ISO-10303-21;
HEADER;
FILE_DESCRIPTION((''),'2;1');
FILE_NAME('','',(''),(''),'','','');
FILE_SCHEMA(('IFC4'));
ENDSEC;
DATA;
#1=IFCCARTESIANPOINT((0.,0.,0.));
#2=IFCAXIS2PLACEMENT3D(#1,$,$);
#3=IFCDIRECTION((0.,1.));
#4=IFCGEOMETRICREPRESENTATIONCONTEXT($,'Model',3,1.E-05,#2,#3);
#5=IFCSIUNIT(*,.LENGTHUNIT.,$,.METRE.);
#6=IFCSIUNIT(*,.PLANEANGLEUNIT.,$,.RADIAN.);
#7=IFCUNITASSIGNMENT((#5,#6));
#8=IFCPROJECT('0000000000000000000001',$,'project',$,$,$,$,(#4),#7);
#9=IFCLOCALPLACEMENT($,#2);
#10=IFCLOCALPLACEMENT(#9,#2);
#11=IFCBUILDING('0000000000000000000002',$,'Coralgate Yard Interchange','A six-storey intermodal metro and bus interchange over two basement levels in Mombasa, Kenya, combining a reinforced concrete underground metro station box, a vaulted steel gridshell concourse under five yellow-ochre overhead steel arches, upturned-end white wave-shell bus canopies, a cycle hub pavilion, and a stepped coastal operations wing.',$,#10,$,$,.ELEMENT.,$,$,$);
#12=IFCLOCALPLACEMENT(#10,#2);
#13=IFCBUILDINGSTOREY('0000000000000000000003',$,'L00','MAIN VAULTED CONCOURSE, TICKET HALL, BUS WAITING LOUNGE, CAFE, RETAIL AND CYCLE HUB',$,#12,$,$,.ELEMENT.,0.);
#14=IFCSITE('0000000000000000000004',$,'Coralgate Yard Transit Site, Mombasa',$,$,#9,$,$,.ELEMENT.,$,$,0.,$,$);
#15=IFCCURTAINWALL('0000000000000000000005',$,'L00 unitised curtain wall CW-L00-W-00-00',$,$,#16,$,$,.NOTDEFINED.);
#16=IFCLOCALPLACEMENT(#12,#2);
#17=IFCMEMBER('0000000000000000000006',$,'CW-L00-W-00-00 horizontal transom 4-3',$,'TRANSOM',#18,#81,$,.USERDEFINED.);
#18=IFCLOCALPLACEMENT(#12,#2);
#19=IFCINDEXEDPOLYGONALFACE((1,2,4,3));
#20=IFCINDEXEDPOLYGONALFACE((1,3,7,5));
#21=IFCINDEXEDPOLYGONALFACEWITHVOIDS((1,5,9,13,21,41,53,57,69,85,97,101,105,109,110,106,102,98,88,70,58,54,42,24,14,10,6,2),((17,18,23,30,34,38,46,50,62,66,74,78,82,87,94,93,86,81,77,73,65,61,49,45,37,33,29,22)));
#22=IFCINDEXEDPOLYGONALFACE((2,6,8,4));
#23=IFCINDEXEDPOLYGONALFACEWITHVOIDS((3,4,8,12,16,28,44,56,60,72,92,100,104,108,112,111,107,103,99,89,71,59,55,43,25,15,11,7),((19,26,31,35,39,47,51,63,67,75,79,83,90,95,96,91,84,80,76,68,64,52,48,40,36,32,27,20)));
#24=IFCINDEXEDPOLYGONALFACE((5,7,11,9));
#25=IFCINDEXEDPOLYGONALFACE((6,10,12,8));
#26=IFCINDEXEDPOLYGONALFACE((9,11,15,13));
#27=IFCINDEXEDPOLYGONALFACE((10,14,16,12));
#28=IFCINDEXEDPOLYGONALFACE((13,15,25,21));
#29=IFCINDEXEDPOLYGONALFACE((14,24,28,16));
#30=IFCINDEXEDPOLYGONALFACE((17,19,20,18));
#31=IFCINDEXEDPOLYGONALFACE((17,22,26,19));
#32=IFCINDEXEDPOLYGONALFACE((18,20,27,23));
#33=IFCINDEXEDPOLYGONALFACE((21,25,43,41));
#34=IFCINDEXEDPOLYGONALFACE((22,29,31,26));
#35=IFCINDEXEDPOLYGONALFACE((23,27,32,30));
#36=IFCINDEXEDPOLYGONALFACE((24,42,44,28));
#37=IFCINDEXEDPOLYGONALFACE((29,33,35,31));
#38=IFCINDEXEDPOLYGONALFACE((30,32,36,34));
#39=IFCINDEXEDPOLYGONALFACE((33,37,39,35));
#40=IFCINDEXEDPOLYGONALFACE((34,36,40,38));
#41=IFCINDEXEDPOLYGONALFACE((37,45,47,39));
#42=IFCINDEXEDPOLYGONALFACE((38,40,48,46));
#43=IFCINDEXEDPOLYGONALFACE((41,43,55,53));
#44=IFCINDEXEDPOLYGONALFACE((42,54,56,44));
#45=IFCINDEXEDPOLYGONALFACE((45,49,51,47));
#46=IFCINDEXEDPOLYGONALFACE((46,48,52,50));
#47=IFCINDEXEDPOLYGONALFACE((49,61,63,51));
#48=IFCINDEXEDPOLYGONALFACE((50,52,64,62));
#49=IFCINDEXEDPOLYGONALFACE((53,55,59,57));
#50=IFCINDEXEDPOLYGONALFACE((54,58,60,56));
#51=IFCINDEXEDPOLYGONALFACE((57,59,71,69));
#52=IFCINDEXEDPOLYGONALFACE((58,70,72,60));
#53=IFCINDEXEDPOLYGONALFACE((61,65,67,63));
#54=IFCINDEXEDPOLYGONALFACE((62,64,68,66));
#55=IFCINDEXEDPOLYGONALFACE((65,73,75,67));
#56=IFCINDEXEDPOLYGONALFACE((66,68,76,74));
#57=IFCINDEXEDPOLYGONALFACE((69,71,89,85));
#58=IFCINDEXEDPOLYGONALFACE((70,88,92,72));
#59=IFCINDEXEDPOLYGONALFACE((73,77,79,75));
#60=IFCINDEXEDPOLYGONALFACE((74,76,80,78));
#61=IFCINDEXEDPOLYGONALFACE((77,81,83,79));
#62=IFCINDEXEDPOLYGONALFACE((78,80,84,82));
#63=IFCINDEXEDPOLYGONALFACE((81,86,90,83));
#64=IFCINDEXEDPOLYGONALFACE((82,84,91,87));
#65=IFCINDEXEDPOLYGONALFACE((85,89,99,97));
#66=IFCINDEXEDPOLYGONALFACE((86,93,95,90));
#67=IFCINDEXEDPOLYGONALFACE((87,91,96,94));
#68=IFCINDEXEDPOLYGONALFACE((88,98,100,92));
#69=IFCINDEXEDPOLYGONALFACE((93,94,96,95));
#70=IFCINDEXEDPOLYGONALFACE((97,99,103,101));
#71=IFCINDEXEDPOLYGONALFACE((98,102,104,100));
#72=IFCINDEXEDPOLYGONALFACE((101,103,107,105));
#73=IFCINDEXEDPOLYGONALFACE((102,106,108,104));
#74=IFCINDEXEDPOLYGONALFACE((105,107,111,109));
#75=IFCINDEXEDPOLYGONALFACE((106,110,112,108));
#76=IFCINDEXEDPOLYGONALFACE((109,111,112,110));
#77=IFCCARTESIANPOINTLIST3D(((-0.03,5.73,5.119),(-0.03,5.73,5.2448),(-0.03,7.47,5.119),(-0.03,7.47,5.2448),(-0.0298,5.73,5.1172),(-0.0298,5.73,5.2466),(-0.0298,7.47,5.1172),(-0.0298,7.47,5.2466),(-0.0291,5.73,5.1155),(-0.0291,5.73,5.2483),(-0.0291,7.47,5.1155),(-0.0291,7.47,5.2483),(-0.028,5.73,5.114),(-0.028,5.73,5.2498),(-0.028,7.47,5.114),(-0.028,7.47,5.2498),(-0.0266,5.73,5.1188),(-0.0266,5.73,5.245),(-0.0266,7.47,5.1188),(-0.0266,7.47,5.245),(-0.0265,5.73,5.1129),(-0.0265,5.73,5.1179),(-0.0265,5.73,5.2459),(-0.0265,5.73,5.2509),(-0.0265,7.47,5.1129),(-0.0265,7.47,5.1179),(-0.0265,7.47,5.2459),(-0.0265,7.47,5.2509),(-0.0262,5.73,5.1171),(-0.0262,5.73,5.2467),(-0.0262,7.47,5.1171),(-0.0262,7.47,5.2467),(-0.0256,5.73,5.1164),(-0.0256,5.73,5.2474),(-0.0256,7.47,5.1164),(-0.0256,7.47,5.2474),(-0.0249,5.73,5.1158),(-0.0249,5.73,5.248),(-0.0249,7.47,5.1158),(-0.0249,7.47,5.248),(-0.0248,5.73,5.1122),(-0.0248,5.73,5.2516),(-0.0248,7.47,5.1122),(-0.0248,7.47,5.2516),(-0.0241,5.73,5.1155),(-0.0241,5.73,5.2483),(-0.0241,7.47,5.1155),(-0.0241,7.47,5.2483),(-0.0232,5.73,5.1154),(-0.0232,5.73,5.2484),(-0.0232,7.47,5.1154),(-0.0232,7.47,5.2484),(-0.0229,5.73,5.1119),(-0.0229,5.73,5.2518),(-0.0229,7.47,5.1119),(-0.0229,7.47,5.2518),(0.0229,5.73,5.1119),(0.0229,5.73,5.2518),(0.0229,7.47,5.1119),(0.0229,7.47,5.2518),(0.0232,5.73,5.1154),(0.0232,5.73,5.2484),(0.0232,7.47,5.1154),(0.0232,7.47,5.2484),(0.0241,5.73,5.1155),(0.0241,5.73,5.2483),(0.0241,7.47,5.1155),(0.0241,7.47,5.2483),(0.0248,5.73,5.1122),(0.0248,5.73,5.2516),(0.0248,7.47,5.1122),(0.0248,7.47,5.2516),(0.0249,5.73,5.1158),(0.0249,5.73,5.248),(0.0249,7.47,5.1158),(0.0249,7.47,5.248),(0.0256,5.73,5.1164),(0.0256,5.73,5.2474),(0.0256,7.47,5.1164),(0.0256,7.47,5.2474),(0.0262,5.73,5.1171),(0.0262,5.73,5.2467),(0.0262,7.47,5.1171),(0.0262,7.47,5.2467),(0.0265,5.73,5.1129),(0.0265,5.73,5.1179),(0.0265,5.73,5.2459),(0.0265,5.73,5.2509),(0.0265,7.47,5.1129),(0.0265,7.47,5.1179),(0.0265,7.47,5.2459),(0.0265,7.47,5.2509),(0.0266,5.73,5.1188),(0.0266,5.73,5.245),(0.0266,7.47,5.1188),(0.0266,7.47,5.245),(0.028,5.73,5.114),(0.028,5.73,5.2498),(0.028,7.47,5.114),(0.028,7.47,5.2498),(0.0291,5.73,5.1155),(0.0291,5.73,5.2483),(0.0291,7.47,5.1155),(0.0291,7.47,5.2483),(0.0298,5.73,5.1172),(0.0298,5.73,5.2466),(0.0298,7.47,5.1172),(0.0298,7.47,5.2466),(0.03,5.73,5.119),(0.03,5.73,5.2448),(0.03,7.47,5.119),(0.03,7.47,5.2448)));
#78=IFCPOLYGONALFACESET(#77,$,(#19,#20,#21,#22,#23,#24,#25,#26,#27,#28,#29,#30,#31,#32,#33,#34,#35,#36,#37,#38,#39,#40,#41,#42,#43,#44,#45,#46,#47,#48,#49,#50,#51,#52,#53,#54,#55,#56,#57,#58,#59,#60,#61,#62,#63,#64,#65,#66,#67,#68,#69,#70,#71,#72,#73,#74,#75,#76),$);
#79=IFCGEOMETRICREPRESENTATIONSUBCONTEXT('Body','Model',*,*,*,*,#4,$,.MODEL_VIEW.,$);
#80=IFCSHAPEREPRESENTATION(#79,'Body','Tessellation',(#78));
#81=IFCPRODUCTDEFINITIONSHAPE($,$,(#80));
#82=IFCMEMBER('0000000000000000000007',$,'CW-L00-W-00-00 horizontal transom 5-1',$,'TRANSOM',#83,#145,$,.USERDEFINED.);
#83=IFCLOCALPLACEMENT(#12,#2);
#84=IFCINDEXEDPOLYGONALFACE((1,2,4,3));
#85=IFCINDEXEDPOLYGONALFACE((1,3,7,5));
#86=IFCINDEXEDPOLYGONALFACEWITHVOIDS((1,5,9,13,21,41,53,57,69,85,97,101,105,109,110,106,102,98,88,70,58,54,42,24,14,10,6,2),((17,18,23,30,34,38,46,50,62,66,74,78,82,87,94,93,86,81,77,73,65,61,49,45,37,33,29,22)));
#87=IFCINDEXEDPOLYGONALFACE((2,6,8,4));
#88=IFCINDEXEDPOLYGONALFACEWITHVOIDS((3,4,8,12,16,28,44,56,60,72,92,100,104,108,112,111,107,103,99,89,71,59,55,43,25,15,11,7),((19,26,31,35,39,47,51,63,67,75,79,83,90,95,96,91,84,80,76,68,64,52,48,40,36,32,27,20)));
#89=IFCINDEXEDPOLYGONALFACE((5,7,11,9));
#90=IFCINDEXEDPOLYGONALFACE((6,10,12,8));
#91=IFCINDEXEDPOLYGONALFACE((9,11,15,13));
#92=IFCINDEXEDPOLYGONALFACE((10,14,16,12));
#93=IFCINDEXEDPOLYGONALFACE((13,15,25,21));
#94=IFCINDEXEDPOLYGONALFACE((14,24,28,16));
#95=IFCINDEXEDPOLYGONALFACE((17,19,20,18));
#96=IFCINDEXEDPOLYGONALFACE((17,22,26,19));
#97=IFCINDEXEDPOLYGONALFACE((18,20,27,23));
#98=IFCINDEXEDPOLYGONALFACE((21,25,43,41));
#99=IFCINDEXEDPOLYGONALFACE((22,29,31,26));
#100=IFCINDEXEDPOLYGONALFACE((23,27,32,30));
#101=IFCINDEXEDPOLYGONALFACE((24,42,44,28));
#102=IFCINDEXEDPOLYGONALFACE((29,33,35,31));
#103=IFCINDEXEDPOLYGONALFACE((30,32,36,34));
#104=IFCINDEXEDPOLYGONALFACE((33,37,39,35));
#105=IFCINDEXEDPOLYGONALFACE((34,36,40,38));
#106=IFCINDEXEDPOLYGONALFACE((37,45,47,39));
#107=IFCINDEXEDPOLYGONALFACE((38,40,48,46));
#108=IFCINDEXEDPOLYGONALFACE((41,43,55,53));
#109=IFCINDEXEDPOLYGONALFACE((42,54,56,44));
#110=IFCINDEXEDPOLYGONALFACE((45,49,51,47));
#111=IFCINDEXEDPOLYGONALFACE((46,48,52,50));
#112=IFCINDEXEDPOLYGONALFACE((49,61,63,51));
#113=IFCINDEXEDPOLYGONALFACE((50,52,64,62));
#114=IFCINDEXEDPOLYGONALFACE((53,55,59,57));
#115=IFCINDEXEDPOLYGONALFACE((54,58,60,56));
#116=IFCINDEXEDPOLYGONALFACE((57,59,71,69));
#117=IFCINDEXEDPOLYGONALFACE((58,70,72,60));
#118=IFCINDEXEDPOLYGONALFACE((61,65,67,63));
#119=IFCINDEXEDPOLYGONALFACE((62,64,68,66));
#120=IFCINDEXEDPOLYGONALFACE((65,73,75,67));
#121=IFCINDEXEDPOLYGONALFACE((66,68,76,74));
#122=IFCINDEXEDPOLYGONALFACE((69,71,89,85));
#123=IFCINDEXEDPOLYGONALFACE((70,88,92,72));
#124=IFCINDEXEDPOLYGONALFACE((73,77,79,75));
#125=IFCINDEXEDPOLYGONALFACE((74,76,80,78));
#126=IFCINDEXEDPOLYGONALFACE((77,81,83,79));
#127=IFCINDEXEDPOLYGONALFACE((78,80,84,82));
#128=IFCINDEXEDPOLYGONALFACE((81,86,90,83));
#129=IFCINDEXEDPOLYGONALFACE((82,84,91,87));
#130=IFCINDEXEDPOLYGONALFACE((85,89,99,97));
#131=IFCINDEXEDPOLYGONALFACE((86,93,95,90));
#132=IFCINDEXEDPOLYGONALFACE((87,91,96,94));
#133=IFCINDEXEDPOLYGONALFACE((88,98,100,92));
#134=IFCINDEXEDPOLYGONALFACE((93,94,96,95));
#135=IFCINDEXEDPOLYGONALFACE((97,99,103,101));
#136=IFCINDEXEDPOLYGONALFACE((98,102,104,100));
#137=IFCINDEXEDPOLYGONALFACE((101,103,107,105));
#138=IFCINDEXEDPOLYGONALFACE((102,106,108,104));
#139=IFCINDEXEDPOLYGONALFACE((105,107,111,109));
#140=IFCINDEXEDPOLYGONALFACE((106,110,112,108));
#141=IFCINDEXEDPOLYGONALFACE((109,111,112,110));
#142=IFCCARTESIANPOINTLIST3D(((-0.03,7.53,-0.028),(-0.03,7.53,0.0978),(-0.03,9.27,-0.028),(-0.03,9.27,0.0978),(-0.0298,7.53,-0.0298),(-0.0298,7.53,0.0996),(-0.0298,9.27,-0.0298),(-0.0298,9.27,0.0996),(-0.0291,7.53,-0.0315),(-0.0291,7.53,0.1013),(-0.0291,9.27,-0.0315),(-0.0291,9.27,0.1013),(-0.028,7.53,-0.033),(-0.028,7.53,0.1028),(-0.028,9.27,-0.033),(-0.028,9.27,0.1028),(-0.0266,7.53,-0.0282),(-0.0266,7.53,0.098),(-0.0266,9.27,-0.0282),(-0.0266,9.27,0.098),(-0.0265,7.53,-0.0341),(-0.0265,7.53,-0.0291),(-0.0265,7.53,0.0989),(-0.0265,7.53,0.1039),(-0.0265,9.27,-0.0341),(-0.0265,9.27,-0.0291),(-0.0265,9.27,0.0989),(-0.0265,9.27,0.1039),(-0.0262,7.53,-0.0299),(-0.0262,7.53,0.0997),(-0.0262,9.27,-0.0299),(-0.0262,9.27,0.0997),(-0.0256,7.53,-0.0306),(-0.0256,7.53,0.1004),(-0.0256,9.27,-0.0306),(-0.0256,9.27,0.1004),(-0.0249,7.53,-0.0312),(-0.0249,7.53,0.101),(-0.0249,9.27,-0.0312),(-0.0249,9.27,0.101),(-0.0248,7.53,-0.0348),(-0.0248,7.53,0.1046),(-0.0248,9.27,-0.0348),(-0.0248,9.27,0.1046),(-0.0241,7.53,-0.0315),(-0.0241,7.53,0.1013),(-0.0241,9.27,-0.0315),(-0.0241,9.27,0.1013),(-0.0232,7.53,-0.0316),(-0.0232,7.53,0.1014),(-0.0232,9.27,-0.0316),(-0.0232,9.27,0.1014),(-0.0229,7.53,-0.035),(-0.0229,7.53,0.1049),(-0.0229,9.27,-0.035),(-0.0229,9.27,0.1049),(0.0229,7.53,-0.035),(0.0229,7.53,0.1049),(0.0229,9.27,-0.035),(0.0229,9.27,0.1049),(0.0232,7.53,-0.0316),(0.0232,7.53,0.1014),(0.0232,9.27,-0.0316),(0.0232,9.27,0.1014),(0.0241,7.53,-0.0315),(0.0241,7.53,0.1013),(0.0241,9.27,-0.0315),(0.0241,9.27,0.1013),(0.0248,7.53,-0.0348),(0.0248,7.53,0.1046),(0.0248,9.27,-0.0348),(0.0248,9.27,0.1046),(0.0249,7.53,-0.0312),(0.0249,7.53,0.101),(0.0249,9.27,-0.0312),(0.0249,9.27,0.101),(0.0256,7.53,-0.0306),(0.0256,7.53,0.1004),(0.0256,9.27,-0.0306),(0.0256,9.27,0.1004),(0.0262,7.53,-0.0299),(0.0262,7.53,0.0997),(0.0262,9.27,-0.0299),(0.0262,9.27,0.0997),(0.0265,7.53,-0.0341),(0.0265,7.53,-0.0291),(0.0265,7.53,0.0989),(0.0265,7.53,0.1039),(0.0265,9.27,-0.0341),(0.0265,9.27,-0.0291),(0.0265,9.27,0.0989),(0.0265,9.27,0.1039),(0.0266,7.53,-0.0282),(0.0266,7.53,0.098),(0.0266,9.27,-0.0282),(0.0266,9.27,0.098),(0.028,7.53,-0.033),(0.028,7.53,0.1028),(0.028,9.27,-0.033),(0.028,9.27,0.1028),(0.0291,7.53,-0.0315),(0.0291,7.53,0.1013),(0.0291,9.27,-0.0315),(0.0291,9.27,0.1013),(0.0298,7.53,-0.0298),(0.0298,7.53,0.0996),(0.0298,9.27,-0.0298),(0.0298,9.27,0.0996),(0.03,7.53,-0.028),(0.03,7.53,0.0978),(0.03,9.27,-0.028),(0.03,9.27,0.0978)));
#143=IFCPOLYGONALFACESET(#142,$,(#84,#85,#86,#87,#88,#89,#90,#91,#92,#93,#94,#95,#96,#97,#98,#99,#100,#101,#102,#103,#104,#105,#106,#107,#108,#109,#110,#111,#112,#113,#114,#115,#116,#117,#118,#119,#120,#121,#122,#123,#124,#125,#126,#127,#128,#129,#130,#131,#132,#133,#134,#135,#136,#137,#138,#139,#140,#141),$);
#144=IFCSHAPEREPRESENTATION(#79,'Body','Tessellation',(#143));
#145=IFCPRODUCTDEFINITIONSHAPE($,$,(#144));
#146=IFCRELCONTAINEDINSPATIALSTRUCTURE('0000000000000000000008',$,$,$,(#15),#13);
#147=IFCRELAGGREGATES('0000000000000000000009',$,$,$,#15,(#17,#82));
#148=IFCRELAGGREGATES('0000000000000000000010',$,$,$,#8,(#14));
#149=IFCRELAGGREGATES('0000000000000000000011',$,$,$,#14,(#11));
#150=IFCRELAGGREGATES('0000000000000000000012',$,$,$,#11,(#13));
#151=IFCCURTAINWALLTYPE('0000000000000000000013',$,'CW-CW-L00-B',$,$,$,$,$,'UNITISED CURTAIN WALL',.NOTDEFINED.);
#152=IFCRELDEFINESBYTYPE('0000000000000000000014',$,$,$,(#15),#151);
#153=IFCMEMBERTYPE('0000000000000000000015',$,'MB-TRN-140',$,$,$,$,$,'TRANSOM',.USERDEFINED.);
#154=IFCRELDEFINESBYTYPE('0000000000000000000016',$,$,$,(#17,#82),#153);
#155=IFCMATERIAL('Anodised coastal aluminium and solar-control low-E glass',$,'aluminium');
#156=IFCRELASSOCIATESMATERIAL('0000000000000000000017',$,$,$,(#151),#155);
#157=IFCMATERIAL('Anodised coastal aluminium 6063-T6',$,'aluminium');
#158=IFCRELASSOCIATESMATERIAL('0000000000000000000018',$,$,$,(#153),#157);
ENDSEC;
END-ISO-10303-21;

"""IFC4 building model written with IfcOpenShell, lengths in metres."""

from ifc_helpers import new_model, si_unit, direction, frame, origin, origin_2d, place, context, subcontext, project, spatial, hollow_rectangle, extrude, material, material_profile, profile_set, type_object, element, aggregate, save


model = new_model("IFC4")

# Units and contexts
model_context = context("Model", 3, precision=1e-05, world=origin(), true_north=direction((0.0, 1.0)))
body_context = subcontext(model_context, "Body", "Model", "MODEL_VIEW")
ifc_project = project(units=[si_unit("LENGTHUNIT", "METRE"), si_unit("PLANEANGLEUNIT", "RADIAN")], contexts=[model_context])

# Site, building, storey
site_placement = place(None, origin())
site = spatial("IfcSite", under=ifc_project, at=site_placement, Name="Coralgate Yard Transit Site, Mombasa", CompositionType="ELEMENT", RefElevation=0.0)
building_placement = place(site_placement, origin())
building = spatial("IfcBuilding", under=site, at=building_placement, Name="Coralgate Yard Interchange", Description="A six-storey intermodal metro and bus interchange over two basement levels in Mombasa, Kenya, combining a reinforced concrete underground metro station box, a vaulted steel gridshell concourse under five yellow-ochre overhead steel arches, upturned-end white wave-shell bus canopies, a cycle hub pavilion, and a stepped coastal operations wing.", CompositionType="ELEMENT")
storey_placement = place(building_placement, origin())
storey = spatial("IfcBuildingStorey", under=building, at=storey_placement, Name="L00", Description="MAIN VAULTED CONCOURSE, TICKET HALL, BUS WAITING LOUNGE, CAFE, RETAIL AND CYCLE HUB", CompositionType="ELEMENT", Elevation=0.0)

# Curtain wall, members
ifc_material_1 = material(Name="Anodised coastal aluminium and solar-control low-E glass", Category="aluminium")
curtain_wall_type = type_object("IfcCurtainWallType", Name="CW-CW-L00-B", ElementType="UNITISED CURTAIN WALL", PredefinedType="NOTDEFINED", material=ifc_material_1)
curtain_wall_placement = place(storey_placement, origin())
curtain_wall = element("IfcCurtainWall", 1, at=curtain_wall_placement, inside=storey, type_object=curtain_wall_type, Name="L00 unitised curtain wall CW-L00-W-00-00", PredefinedType="NOTDEFINED")
ifc_material_2 = material(Name="Anodised coastal aluminium 6063-T6", Category="aluminium")
ifc_material_profile_1 = material_profile(ifc_material_2, hollow_rectangle(XDim=0.0601, YDim=0.1399, WallThickness=0.0034, InnerFilletRadius=0.0034, OuterFilletRadius=0.0071, at=origin_2d()), Name="ALU 60x140x3.5")
ifc_profile_set_1 = profile_set([ifc_material_profile_1], Name="Anodised coastal aluminium 6063-T6")
member_type_1 = type_object("IfcMemberType", Name="MB-TRN-140", ElementType="TRANSOM", PredefinedType="USERDEFINED", material=ifc_profile_set_1)
member_1_placement = place(storey_placement, frame((0.0, 5.73, 5.1819), z_axis=(0.0, 1.0, 0.0), x_axis=(-1.0, 0.0, 0.0)))
member_1 = element("IfcMember", 2, at=member_1_placement, type_object=member_type_1, Name="CW-L00-W-00-00 horizontal transom 4-3", ObjectType="TRANSOM", PredefinedType="USERDEFINED", context=body_context, shape_type="SweptSolid", body=[
    extrude(hollow_rectangle(XDim=0.0601, YDim=0.1399, WallThickness=0.0034, InnerFilletRadius=0.0034, OuterFilletRadius=0.0071, at=origin_2d()), origin(), (0.0, 0.0, 1.0), 1.74),
])
member_2_placement = place(storey_placement, frame((0.0, 7.53, 0.0349), z_axis=(0.0, 1.0, 0.0), x_axis=(-1.0, 0.0, 0.0)))
member_2 = element("IfcMember", 3, at=member_2_placement, type_object=member_type_1, Name="CW-L00-W-00-00 horizontal transom 5-1", ObjectType="TRANSOM", PredefinedType="USERDEFINED", context=body_context, shape_type="SweptSolid", body=[
    extrude(hollow_rectangle(XDim=0.0601, YDim=0.1399, WallThickness=0.0034, InnerFilletRadius=0.0034, OuterFilletRadius=0.0071, at=origin_2d()), origin(), (0.0, 0.0, 1.0), 1.74),
])
aggregate(curtain_wall, [member_1, member_2])

save(model, "model.ifc")
